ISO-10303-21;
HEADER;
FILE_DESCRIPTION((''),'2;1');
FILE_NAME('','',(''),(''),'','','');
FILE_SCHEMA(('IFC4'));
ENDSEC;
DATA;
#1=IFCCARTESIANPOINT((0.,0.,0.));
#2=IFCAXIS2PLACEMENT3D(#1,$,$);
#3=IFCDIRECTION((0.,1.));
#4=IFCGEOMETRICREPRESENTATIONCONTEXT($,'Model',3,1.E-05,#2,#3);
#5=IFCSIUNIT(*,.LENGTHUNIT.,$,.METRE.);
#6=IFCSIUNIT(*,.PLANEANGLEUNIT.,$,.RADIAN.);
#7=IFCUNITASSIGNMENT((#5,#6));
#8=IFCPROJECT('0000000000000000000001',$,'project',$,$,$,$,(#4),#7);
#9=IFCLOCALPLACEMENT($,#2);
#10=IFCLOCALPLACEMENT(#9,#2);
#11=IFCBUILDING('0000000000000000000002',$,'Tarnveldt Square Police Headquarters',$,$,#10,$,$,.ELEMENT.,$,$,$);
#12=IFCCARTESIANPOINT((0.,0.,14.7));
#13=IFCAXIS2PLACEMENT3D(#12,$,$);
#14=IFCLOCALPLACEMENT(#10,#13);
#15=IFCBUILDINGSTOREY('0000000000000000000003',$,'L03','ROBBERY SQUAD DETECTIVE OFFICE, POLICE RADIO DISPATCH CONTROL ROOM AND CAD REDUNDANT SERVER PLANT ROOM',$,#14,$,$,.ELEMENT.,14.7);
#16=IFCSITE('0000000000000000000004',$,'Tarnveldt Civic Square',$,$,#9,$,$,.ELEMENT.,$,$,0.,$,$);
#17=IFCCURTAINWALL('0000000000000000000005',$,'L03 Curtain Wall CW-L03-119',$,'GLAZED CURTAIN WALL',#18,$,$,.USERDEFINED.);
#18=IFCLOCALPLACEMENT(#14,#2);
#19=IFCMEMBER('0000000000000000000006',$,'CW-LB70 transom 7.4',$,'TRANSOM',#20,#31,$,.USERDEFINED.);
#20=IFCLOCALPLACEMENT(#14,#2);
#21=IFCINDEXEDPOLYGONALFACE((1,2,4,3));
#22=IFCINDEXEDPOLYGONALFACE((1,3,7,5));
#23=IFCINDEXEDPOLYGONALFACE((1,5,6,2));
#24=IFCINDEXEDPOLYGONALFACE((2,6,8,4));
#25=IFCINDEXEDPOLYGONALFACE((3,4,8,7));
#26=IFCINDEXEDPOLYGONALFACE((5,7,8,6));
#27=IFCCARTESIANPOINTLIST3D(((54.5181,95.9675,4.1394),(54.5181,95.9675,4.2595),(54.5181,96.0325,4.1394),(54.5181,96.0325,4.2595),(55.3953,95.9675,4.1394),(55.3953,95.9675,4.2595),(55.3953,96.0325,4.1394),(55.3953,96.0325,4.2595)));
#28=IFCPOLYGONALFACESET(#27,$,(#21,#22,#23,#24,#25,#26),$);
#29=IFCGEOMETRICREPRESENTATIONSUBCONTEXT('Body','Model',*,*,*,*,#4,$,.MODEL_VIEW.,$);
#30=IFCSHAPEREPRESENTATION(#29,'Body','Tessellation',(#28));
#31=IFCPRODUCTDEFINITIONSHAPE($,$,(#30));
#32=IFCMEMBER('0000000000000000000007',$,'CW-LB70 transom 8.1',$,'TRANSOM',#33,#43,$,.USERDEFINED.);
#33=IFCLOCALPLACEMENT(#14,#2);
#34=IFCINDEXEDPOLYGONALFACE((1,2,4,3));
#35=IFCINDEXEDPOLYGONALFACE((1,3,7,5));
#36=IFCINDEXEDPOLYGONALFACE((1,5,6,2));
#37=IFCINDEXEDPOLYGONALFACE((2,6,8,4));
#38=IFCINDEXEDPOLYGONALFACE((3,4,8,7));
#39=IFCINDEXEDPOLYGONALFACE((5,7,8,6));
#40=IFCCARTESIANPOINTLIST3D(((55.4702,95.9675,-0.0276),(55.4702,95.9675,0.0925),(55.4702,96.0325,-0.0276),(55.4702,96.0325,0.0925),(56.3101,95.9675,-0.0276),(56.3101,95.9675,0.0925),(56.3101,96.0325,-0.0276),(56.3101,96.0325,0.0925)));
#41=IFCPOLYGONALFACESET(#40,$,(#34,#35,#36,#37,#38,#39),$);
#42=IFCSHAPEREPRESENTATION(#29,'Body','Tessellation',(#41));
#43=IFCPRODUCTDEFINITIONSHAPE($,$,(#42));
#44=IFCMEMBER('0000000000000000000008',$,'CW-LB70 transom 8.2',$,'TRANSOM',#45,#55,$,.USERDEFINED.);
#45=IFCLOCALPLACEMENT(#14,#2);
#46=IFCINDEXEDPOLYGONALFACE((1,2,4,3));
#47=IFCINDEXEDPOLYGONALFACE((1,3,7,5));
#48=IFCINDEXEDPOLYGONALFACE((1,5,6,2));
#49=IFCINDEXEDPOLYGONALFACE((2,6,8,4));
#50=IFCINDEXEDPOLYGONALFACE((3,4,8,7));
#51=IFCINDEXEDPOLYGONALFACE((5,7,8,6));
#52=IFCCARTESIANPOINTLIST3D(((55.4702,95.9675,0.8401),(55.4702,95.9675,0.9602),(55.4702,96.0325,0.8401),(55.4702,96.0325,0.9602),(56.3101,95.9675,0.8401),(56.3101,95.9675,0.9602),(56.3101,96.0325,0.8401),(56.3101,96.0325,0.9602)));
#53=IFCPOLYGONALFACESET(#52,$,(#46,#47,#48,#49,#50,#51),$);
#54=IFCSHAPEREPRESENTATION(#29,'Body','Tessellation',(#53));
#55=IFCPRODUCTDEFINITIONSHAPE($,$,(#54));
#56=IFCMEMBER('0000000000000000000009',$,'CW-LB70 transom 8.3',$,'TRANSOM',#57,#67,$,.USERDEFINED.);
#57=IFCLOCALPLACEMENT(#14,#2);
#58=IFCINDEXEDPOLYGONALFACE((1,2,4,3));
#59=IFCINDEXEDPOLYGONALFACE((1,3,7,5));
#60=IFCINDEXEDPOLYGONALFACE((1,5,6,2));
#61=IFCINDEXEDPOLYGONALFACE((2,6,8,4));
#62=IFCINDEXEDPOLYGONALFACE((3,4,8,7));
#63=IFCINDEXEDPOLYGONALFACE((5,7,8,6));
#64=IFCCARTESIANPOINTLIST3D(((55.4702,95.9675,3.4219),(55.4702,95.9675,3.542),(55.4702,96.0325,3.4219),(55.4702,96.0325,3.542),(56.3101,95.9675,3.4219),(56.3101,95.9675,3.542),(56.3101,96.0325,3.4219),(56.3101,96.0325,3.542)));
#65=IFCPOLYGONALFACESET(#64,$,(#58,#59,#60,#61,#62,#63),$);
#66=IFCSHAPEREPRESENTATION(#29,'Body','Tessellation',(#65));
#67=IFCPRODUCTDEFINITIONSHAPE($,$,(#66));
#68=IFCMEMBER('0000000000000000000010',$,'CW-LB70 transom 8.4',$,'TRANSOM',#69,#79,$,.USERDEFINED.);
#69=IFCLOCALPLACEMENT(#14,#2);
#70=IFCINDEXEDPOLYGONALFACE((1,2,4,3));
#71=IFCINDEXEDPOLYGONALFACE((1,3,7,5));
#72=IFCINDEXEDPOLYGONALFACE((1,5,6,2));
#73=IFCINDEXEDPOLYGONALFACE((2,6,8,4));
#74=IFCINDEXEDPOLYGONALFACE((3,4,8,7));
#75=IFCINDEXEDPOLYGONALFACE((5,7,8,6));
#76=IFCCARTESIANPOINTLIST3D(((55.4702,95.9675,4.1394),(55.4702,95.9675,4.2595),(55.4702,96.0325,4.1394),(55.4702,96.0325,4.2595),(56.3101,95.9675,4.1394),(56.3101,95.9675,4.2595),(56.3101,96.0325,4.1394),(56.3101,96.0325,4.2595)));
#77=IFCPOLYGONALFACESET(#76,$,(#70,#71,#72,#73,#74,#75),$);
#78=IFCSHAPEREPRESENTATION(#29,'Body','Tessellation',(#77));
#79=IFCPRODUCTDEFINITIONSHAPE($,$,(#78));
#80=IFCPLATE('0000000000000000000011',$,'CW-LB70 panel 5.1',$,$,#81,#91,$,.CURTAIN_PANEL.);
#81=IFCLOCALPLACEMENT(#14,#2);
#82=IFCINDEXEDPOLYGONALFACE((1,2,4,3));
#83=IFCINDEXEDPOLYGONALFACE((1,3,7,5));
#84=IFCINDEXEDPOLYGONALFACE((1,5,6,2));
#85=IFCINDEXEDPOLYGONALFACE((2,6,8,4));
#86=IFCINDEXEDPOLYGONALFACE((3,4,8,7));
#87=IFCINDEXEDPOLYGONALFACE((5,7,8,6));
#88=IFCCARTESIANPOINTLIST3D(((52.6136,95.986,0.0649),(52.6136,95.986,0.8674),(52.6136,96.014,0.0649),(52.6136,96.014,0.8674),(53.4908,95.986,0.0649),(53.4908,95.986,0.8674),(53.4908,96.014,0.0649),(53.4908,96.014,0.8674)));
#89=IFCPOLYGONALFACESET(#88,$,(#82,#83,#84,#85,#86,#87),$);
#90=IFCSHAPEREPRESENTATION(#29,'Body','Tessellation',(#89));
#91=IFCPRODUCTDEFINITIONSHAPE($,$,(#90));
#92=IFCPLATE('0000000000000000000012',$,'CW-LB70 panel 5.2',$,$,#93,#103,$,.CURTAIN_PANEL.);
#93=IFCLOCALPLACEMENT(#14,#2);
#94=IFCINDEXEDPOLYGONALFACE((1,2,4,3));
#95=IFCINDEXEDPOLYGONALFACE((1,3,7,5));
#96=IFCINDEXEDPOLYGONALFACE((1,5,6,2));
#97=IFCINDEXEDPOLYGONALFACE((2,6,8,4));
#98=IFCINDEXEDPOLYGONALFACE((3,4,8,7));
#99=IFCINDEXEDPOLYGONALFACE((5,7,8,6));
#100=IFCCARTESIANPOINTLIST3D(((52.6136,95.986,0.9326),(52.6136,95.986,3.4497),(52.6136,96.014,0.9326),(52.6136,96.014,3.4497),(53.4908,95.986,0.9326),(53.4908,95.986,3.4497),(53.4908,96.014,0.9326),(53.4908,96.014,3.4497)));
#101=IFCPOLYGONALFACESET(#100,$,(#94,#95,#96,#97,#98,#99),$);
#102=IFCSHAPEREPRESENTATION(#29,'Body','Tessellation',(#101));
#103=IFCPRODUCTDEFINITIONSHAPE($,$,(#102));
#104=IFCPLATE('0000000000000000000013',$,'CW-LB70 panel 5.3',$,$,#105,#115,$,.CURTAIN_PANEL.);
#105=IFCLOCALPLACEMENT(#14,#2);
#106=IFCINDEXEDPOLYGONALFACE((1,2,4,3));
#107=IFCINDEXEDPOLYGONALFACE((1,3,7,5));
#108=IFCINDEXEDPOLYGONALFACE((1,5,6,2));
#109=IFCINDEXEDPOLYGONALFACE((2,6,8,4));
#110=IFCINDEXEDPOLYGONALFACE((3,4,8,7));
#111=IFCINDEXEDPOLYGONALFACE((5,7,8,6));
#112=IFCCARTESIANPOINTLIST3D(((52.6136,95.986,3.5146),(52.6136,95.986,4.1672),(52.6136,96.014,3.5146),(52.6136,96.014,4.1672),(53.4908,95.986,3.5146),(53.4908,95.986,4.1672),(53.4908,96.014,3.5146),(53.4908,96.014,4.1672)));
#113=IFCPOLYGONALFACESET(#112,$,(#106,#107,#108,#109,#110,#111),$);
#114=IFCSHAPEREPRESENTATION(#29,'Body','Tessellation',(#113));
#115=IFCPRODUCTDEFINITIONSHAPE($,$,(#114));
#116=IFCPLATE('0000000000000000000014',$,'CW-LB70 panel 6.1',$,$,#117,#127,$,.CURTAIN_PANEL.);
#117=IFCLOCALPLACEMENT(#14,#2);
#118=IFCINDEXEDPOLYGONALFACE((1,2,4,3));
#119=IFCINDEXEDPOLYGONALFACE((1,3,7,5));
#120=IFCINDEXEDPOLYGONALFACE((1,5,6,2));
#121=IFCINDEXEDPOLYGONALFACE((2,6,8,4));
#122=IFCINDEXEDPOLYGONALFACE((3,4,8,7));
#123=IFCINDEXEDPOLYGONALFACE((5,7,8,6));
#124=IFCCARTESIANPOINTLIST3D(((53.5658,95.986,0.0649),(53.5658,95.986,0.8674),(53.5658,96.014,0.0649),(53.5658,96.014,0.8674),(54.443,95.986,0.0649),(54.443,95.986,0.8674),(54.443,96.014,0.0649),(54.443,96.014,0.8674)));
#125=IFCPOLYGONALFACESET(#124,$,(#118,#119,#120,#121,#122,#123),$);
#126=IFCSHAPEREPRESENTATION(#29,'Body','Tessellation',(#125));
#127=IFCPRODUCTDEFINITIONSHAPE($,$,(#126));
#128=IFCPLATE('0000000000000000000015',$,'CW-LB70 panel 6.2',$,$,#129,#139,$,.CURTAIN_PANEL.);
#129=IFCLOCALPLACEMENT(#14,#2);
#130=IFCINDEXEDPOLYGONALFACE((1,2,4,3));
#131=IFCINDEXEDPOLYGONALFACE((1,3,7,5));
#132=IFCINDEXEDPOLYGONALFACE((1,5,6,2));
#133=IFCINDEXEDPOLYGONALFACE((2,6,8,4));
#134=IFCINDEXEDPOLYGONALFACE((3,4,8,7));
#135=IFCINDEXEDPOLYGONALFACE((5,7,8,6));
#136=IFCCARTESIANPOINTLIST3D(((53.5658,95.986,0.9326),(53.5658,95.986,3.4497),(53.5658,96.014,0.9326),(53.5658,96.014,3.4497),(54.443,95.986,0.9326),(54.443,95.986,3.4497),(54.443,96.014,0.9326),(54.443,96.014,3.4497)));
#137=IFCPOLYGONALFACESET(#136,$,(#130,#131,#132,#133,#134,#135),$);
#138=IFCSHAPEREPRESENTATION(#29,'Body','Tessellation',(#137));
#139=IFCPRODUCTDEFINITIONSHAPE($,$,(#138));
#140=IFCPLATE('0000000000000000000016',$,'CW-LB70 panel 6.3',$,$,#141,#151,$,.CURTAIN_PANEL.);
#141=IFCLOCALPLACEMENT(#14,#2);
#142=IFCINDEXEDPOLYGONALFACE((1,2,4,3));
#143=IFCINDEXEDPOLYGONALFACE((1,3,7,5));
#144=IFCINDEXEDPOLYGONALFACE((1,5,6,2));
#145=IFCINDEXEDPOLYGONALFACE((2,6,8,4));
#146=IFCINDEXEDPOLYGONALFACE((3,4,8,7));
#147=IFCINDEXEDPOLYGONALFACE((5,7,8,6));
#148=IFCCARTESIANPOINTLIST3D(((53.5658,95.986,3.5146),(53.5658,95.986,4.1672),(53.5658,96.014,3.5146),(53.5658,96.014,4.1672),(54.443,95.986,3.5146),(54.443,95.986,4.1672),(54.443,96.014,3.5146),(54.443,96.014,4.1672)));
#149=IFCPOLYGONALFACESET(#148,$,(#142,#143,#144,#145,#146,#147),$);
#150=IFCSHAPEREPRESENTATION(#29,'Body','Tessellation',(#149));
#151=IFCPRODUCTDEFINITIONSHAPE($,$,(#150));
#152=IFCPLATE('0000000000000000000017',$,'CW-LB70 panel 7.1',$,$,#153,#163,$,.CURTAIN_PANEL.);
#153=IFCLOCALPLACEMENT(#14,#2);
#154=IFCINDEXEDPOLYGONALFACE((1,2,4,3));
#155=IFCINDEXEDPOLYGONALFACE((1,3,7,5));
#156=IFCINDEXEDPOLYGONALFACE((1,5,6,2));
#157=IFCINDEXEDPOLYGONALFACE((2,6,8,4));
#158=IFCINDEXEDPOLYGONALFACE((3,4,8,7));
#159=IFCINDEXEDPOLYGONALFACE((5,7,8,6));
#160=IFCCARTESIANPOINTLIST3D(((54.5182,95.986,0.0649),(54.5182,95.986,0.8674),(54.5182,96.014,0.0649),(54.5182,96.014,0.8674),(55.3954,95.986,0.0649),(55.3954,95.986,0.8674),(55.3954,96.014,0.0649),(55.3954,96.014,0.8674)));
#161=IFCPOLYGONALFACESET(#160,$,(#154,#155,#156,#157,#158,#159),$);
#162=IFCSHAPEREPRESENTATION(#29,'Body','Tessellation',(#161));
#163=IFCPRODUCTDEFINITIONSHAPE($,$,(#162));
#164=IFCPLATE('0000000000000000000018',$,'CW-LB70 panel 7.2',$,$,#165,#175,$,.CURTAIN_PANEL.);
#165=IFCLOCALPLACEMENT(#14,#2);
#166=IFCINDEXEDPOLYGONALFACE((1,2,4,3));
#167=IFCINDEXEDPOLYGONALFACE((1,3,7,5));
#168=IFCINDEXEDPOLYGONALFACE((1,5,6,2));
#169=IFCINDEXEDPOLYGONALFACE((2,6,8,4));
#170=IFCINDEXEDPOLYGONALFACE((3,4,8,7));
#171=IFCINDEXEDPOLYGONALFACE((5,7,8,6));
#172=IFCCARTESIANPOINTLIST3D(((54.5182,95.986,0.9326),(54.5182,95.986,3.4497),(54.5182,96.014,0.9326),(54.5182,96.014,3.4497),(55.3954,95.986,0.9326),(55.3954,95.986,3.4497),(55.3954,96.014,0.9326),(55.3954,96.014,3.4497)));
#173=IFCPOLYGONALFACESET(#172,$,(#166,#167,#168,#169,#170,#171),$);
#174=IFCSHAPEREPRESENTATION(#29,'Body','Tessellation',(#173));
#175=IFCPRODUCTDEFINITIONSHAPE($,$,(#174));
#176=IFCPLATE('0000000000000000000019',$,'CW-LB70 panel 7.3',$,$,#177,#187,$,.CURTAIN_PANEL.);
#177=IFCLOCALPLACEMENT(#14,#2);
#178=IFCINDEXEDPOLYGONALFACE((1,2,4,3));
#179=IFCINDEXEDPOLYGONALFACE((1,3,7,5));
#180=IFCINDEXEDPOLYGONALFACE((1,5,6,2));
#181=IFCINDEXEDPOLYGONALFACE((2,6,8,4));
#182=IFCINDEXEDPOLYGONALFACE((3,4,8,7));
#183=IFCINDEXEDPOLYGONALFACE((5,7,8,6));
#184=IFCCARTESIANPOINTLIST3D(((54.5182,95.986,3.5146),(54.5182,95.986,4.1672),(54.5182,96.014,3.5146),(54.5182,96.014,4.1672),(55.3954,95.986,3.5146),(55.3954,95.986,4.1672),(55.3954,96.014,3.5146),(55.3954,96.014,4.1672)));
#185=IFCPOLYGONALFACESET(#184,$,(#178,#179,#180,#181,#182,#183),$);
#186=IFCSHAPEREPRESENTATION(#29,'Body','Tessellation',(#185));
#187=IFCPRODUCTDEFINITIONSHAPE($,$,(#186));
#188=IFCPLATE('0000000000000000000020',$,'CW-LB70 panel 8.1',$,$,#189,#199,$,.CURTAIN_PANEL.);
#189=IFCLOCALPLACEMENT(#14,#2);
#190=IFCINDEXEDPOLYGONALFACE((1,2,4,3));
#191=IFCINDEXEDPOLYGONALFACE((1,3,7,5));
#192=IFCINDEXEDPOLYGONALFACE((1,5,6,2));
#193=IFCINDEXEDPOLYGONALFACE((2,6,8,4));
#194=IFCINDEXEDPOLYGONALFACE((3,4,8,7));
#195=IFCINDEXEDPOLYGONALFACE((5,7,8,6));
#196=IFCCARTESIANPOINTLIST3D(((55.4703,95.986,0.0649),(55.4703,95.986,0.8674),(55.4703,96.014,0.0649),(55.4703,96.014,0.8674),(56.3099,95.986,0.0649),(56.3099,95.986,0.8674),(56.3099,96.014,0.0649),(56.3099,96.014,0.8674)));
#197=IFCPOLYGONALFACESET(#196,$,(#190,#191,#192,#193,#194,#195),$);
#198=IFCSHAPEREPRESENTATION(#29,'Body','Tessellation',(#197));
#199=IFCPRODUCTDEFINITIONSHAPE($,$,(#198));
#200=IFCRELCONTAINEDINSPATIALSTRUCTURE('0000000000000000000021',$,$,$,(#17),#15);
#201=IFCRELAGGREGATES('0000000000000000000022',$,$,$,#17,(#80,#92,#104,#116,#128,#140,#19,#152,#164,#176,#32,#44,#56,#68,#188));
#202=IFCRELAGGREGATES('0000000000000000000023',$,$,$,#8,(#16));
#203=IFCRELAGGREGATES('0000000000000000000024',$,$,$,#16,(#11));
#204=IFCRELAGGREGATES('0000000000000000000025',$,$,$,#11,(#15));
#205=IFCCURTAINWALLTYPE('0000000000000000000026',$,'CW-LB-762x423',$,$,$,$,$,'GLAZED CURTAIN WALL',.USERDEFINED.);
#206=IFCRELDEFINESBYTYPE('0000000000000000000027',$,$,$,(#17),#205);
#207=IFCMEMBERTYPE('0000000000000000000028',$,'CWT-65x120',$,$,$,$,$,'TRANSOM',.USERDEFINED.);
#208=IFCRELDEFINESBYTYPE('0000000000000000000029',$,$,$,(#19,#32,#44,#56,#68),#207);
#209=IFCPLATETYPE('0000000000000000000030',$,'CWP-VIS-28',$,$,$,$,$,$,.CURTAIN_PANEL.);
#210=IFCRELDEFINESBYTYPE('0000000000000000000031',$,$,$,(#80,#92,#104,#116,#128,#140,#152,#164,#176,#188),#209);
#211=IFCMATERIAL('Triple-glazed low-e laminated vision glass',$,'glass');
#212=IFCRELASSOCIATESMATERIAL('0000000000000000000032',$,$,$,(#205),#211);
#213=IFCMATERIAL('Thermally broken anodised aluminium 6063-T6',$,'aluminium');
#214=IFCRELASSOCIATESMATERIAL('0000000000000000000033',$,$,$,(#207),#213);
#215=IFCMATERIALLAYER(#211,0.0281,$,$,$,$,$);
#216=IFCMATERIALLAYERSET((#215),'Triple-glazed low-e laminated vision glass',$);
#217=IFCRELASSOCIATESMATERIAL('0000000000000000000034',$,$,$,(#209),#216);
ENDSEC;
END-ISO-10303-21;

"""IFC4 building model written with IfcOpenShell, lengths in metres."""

from ifc_helpers import new_model, si_unit, direction, frame, origin, origin_2d, place, context, subcontext, project, spatial, rectangle, extrude, material, layer, layer_set, material_profile, profile_set, type_object, element, aggregate, save


model = new_model("IFC4")

# Units and contexts
model_context = context("Model", 3, precision=1e-05, world=origin(), true_north=direction((0.0, 1.0)))
body_context = subcontext(model_context, "Body", "Model", "MODEL_VIEW")
ifc_project = project(units=[si_unit("LENGTHUNIT", "METRE"), si_unit("PLANEANGLEUNIT", "RADIAN")], contexts=[model_context])

# Site, building, storey
site_placement = place(None, origin())
site = spatial("IfcSite", under=ifc_project, at=site_placement, Name="Tarnveldt Civic Square", CompositionType="ELEMENT", RefElevation=0.0)
building_placement = place(site_placement, origin())
building = spatial("IfcBuilding", under=site, at=building_placement, Name="Tarnveldt Square Police Headquarters", CompositionType="ELEMENT")
storey_placement = place(building_placement, frame((0.0, 0.0, 14.7)))
storey = spatial("IfcBuildingStorey", under=building, at=storey_placement, Name="L03", Description="ROBBERY SQUAD DETECTIVE OFFICE, POLICE RADIO DISPATCH CONTROL ROOM AND CAD REDUNDANT SERVER PLANT ROOM", CompositionType="ELEMENT", Elevation=14.7)

# Curtain wall, members, plates
ifc_material_1 = material(Name="Triple-glazed low-e laminated vision glass", Category="glass")
curtain_wall_type = type_object("IfcCurtainWallType", Name="CW-LB-762x423", ElementType="GLAZED CURTAIN WALL", PredefinedType="USERDEFINED", material=ifc_material_1)
curtain_wall_placement = place(storey_placement, origin())
curtain_wall = element("IfcCurtainWall", 1, at=curtain_wall_placement, inside=storey, type_object=curtain_wall_type, Name="L03 Curtain Wall CW-L03-119", ObjectType="GLAZED CURTAIN WALL", PredefinedType="USERDEFINED")
ifc_material_2 = material(Name="Thermally broken anodised aluminium 6063-T6", Category="aluminium")
ifc_material_profile_1 = material_profile(ifc_material_2, rectangle(XDim=0.0649, YDim=0.1201, at=origin_2d()), Name="CW-T65x120")
ifc_profile_set_1 = profile_set([ifc_material_profile_1], Name="Thermally broken anodised aluminium 6063-T6")
member_type_1 = type_object("IfcMemberType", Name="CWT-65x120", ElementType="TRANSOM", PredefinedType="USERDEFINED", material=ifc_profile_set_1)
member_1_placement = place(storey_placement, frame((54.5181, 96.0, 4.1995), z_axis=(1.0, 0.0, 0.0), x_axis=(0.0, 1.0, 0.0)))
member_1 = element("IfcMember", 2, at=member_1_placement, type_object=member_type_1, Name="CW-LB70 transom 7.4", ObjectType="TRANSOM", PredefinedType="USERDEFINED", context=body_context, shape_type="SweptSolid", body=[
    extrude(rectangle(XDim=0.0649, YDim=0.1201, at=origin_2d()), origin(), (0.0, 0.0, 1.0), 0.8772),
])
member_2_placement = place(storey_placement, frame((55.4702, 96.0, 0.0325), z_axis=(1.0, 0.0, 0.0), x_axis=(0.0, 1.0, 0.0)))
member_2 = element("IfcMember", 3, at=member_2_placement, type_object=member_type_1, Name="CW-LB70 transom 8.1", ObjectType="TRANSOM", PredefinedType="USERDEFINED", context=body_context, shape_type="SweptSolid", body=[
    extrude(rectangle(XDim=0.0649, YDim=0.1201, at=origin_2d()), origin(), (0.0, 0.0, 1.0), 0.8398),
])
member_3_placement = place(storey_placement, frame((55.4702, 96.0, 0.9001), z_axis=(1.0, 0.0, 0.0), x_axis=(0.0, 1.0, 0.0)))
member_3 = element("IfcMember", 4, at=member_3_placement, type_object=member_type_1, Name="CW-LB70 transom 8.2", ObjectType="TRANSOM", PredefinedType="USERDEFINED", context=body_context, shape_type="SweptSolid", body=[
    extrude(rectangle(XDim=0.0649, YDim=0.1201, at=origin_2d()), origin(), (0.0, 0.0, 1.0), 0.8398),
])
member_4_placement = place(storey_placement, frame((55.4702, 96.0, 3.4819), z_axis=(1.0, 0.0, 0.0), x_axis=(0.0, 1.0, 0.0)))
member_4 = element("IfcMember", 5, at=member_4_placement, type_object=member_type_1, Name="CW-LB70 transom 8.3", ObjectType="TRANSOM", PredefinedType="USERDEFINED", context=body_context, shape_type="SweptSolid", body=[
    extrude(rectangle(XDim=0.0649, YDim=0.1201, at=origin_2d()), origin(), (0.0, 0.0, 1.0), 0.8398),
])
member_5_placement = place(storey_placement, frame((55.4702, 96.0, 4.1995), z_axis=(1.0, 0.0, 0.0), x_axis=(0.0, 1.0, 0.0)))
member_5 = element("IfcMember", 6, at=member_5_placement, type_object=member_type_1, Name="CW-LB70 transom 8.4", ObjectType="TRANSOM", PredefinedType="USERDEFINED", context=body_context, shape_type="SweptSolid", body=[
    extrude(rectangle(XDim=0.0649, YDim=0.1201, at=origin_2d()), origin(), (0.0, 0.0, 1.0), 0.8398),
])
ifc_layer = layer(ifc_material_1, 0.0281)
ifc_layer_set = layer_set([ifc_layer], Name="Triple-glazed low-e laminated vision glass")
plate_type = type_object("IfcPlateType", Name="CWP-VIS-28", PredefinedType="CURTAIN_PANEL", material=ifc_layer_set)
plate_1_placement = place(storey_placement, frame((53.0522, 96.0, 0.0649), z_axis=(0.0, 0.0, 1.0), x_axis=(1.0, 0.0, 0.0)))
plate_1 = element("IfcPlate", 7, at=plate_1_placement, type_object=plate_type, Name="CW-LB70 panel 5.1", PredefinedType="CURTAIN_PANEL", context=body_context, shape_type="SweptSolid", body=[
    extrude(rectangle(XDim=0.8772, YDim=0.0281, at=origin_2d()), origin(), (0.0, 0.0, 1.0), 0.8025),
])
plate_2_placement = place(storey_placement, frame((53.0522, 96.0, 0.9326), z_axis=(0.0, 0.0, 1.0), x_axis=(1.0, 0.0, 0.0)))
plate_2 = element("IfcPlate", 8, at=plate_2_placement, type_object=plate_type, Name="CW-LB70 panel 5.2", PredefinedType="CURTAIN_PANEL", context=body_context, shape_type="SweptSolid", body=[
    extrude(rectangle(XDim=0.8772, YDim=0.0281, at=origin_2d()), origin(), (0.0, 0.0, 1.0), 2.5171),
])
plate_3_placement = place(storey_placement, frame((53.0522, 96.0, 3.5146), z_axis=(0.0, 0.0, 1.0), x_axis=(1.0, 0.0, 0.0)))
plate_3 = element("IfcPlate", 9, at=plate_3_placement, type_object=plate_type, Name="CW-LB70 panel 5.3", PredefinedType="CURTAIN_PANEL", context=body_context, shape_type="SweptSolid", body=[
    extrude(rectangle(XDim=0.8772, YDim=0.0281, at=origin_2d()), origin(), (0.0, 0.0, 1.0), 0.6526),
])
plate_4_placement = place(storey_placement, frame((54.0044, 96.0, 0.0649), z_axis=(0.0, 0.0, 1.0), x_axis=(1.0, 0.0, 0.0)))
plate_4 = element("IfcPlate", 10, at=plate_4_placement, type_object=plate_type, Name="CW-LB70 panel 6.1", PredefinedType="CURTAIN_PANEL", context=body_context, shape_type="SweptSolid", body=[
    extrude(rectangle(XDim=0.8772, YDim=0.0281, at=origin_2d()), origin(), (0.0, 0.0, 1.0), 0.8025),
])
plate_5_placement = place(storey_placement, frame((54.0044, 96.0, 0.9326), z_axis=(0.0, 0.0, 1.0), x_axis=(1.0, 0.0, 0.0)))
plate_5 = element("IfcPlate", 11, at=plate_5_placement, type_object=plate_type, Name="CW-LB70 panel 6.2", PredefinedType="CURTAIN_PANEL", context=body_context, shape_type="SweptSolid", body=[
    extrude(rectangle(XDim=0.8772, YDim=0.0281, at=origin_2d()), origin(), (0.0, 0.0, 1.0), 2.5171),
])
plate_6_placement = place(storey_placement, frame((54.0044, 96.0, 3.5146), z_axis=(0.0, 0.0, 1.0), x_axis=(1.0, 0.0, 0.0)))
plate_6 = element("IfcPlate", 12, at=plate_6_placement, type_object=plate_type, Name="CW-LB70 panel 6.3", PredefinedType="CURTAIN_PANEL", context=body_context, shape_type="SweptSolid", body=[
    extrude(rectangle(XDim=0.8772, YDim=0.0281, at=origin_2d()), origin(), (0.0, 0.0, 1.0), 0.6526),
])
plate_7_placement = place(storey_placement, frame((54.9568, 96.0, 0.0649), z_axis=(0.0, 0.0, 1.0), x_axis=(1.0, 0.0, 0.0)))
plate_7 = element("IfcPlate", 13, at=plate_7_placement, type_object=plate_type, Name="CW-LB70 panel 7.1", PredefinedType="CURTAIN_PANEL", context=body_context, shape_type="SweptSolid", body=[
    extrude(rectangle(XDim=0.8772, YDim=0.0281, at=origin_2d()), origin(), (0.0, 0.0, 1.0), 0.8025),
])
plate_8_placement = place(storey_placement, frame((54.9568, 96.0, 0.9326), z_axis=(0.0, 0.0, 1.0), x_axis=(1.0, 0.0, 0.0)))
plate_8 = element("IfcPlate", 14, at=plate_8_placement, type_object=plate_type, Name="CW-LB70 panel 7.2", PredefinedType="CURTAIN_PANEL", context=body_context, shape_type="SweptSolid", body=[
    extrude(rectangle(XDim=0.8772, YDim=0.0281, at=origin_2d()), origin(), (0.0, 0.0, 1.0), 2.5171),
])
plate_9_placement = place(storey_placement, frame((54.9568, 96.0, 3.5146), z_axis=(0.0, 0.0, 1.0), x_axis=(1.0, 0.0, 0.0)))
plate_9 = element("IfcPlate", 15, at=plate_9_placement, type_object=plate_type, Name="CW-LB70 panel 7.3", PredefinedType="CURTAIN_PANEL", context=body_context, shape_type="SweptSolid", body=[
    extrude(rectangle(XDim=0.8772, YDim=0.0281, at=origin_2d()), origin(), (0.0, 0.0, 1.0), 0.6526),
])
plate_10_placement = place(storey_placement, frame((55.8901, 96.0, 0.0649), z_axis=(0.0, 0.0, 1.0), x_axis=(1.0, 0.0, 0.0)))
plate_10 = element("IfcPlate", 16, at=plate_10_placement, type_object=plate_type, Name="CW-LB70 panel 8.1", PredefinedType="CURTAIN_PANEL", context=body_context, shape_type="SweptSolid", body=[
    extrude(rectangle(XDim=0.8396, YDim=0.0281, at=origin_2d()), origin(), (0.0, 0.0, 1.0), 0.8025),
])
aggregate(curtain_wall, [plate_1, plate_2, plate_3, plate_4, plate_5, plate_6, member_1, plate_7, plate_8, plate_9, member_2, member_3, member_4, member_5, plate_10])

save(model, "model.ifc")
